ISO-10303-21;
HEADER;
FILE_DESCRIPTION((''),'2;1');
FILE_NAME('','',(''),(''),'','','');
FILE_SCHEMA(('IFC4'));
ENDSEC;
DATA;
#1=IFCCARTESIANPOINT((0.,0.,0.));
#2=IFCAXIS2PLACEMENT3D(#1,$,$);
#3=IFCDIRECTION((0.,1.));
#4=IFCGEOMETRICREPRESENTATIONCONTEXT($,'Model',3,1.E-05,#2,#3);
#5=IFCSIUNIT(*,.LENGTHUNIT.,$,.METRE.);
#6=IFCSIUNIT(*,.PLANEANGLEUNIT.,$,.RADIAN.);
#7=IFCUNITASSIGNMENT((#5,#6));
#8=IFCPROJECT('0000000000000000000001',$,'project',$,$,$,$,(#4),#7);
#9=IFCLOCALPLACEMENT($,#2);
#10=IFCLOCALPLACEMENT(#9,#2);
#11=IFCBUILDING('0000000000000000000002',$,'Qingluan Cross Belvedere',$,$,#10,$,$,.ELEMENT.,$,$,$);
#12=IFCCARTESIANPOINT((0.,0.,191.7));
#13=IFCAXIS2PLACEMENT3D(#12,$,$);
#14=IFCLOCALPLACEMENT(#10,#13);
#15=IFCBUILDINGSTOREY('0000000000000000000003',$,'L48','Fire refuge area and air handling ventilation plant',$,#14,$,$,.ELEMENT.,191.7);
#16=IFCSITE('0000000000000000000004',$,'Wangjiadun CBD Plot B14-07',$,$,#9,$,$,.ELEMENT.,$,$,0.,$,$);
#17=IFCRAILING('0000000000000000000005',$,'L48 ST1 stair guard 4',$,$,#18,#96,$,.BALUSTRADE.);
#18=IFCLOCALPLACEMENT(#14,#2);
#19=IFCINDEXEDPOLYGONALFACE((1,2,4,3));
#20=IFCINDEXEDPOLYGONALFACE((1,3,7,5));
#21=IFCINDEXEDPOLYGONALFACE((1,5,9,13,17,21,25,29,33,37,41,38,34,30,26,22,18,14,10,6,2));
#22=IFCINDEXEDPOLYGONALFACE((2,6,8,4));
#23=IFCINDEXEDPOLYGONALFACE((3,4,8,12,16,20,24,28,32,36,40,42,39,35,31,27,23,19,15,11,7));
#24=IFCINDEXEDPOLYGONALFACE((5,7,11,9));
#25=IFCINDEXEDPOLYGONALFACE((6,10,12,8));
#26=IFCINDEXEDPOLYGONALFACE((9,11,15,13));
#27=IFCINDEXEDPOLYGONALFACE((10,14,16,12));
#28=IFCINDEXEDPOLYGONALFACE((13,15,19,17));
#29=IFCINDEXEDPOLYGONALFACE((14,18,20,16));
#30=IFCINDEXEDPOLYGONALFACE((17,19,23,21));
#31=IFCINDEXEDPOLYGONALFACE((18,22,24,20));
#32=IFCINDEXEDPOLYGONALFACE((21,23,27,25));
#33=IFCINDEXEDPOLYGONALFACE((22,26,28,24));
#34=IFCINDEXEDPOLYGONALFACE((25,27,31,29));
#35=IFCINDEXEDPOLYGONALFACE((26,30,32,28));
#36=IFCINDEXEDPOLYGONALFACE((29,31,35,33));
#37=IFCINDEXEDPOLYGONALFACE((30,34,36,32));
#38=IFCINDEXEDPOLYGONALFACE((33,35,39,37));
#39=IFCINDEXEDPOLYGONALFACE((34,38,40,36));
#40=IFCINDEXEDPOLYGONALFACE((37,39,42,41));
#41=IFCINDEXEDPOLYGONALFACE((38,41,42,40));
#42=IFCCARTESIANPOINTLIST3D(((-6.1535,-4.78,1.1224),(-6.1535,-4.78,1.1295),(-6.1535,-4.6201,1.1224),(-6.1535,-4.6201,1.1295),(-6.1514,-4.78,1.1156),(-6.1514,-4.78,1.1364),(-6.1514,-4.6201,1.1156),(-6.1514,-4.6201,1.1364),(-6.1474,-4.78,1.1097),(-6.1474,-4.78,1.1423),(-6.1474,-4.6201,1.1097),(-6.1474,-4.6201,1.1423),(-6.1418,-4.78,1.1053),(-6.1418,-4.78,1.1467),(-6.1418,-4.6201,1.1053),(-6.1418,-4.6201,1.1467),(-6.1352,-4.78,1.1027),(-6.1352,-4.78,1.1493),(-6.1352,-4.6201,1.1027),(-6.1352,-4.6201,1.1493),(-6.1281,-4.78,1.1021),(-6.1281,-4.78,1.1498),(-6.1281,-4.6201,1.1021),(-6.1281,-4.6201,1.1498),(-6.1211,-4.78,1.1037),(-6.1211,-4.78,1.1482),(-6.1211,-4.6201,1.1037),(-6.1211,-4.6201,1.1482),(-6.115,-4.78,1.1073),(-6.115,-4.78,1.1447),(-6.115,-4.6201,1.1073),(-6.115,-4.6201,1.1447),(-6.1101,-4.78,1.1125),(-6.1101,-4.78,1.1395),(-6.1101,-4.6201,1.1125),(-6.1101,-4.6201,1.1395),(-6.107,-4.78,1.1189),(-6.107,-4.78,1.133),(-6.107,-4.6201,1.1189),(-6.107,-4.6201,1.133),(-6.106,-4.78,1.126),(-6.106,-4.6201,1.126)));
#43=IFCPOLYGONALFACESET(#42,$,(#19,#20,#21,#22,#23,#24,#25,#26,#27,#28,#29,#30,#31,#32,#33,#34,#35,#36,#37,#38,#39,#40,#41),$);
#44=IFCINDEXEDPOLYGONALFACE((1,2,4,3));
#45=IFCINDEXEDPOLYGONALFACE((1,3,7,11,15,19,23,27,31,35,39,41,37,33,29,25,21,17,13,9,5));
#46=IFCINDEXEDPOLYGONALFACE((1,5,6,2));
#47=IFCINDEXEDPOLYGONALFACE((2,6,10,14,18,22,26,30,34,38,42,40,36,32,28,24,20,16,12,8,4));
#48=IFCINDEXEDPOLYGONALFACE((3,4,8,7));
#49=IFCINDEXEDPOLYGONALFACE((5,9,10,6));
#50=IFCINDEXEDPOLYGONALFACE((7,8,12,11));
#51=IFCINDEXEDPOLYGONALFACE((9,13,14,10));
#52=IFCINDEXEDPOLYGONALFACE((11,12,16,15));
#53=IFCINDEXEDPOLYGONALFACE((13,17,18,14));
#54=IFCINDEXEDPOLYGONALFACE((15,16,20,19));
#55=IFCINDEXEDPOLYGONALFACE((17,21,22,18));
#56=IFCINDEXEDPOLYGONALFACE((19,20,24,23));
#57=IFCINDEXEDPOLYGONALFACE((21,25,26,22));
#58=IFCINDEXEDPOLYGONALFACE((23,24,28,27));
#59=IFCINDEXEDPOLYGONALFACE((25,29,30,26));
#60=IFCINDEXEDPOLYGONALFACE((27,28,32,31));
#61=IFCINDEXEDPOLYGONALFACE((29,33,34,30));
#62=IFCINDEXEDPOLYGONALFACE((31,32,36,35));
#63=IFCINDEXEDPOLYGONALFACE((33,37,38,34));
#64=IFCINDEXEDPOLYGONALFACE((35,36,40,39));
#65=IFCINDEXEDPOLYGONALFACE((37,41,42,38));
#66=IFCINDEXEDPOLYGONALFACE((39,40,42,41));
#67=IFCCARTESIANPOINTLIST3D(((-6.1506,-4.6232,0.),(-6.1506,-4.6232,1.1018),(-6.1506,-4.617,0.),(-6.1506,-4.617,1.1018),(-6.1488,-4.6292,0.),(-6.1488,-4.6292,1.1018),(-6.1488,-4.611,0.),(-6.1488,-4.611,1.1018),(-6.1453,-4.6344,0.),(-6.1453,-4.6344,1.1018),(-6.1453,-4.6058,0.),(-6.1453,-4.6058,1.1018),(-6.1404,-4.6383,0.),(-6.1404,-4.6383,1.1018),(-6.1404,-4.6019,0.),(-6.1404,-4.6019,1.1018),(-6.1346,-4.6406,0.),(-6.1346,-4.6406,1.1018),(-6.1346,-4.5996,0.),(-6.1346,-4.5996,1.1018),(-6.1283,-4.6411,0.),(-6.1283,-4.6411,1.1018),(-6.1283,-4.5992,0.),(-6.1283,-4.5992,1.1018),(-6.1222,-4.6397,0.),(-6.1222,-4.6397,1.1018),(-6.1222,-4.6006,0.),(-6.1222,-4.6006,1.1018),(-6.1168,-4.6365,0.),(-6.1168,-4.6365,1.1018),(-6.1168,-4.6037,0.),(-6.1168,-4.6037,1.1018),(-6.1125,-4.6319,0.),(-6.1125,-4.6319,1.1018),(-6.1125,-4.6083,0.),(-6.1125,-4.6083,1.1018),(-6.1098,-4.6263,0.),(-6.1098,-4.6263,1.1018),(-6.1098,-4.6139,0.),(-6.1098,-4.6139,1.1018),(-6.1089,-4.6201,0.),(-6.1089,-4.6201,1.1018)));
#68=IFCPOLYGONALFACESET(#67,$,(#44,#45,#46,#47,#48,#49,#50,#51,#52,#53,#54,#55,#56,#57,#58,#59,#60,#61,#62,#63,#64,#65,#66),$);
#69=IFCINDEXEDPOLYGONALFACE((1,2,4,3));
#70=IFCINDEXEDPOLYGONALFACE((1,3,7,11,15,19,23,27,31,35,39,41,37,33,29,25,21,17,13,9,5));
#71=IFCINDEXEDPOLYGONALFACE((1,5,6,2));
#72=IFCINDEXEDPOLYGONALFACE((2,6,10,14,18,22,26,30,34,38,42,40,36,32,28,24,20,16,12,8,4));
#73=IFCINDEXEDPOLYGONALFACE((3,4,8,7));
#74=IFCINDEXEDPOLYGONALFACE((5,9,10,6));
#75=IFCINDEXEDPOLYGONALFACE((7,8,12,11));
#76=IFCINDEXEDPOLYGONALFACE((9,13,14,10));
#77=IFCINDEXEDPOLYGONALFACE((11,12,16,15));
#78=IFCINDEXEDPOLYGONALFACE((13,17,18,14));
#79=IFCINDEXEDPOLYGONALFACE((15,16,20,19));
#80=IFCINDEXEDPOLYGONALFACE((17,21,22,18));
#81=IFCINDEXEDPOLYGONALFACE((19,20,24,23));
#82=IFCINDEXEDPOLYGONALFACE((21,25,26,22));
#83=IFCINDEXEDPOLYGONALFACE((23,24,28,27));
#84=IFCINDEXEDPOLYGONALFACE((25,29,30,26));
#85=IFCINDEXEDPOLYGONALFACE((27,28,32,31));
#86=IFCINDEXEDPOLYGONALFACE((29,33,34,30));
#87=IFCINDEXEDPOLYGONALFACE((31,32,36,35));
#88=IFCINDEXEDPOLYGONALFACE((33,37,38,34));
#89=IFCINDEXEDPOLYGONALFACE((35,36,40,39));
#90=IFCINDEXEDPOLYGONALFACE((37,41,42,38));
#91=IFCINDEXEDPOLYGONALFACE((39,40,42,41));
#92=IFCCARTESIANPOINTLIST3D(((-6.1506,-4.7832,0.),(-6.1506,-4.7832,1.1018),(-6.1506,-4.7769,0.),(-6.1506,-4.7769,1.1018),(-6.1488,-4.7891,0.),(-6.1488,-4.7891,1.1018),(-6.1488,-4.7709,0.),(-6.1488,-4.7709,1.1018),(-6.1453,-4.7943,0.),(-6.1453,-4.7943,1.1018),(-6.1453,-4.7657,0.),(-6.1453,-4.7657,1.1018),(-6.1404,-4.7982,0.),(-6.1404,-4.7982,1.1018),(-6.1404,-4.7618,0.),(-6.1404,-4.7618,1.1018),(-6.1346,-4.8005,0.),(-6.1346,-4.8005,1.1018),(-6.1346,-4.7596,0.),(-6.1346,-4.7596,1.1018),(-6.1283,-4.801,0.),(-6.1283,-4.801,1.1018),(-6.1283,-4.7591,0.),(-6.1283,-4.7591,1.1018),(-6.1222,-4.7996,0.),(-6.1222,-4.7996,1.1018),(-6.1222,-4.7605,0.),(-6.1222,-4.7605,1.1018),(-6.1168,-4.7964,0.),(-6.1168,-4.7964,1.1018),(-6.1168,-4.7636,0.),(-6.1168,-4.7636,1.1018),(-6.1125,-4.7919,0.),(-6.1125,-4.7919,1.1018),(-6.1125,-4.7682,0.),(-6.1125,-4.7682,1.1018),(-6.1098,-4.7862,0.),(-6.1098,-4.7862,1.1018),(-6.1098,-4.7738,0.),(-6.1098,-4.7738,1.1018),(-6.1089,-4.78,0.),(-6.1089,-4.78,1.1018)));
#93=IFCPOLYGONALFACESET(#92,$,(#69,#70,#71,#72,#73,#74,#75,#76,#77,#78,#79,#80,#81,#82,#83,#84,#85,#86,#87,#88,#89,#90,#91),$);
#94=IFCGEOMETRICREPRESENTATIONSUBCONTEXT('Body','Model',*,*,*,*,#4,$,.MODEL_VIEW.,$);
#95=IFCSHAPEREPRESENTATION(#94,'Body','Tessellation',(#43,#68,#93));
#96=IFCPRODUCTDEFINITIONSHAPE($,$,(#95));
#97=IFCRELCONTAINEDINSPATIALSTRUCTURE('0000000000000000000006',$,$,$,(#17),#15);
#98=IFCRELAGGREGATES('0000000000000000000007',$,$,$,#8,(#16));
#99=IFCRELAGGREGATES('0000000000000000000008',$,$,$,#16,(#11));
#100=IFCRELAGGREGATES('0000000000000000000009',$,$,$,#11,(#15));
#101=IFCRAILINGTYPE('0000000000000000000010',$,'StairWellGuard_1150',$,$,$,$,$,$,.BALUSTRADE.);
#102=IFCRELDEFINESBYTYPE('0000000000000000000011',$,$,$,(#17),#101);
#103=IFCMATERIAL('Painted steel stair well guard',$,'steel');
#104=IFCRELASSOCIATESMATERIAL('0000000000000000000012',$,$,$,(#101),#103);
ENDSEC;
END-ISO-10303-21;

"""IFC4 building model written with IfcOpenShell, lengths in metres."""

from ifc_helpers import new_model, si_unit, direction, frame, origin, origin_2d, place, context, subcontext, project, spatial, circle, extrude, material, type_object, element, save


model = new_model("IFC4")

# Units and contexts
model_context = context("Model", 3, precision=1e-05, world=origin(), true_north=direction((0.0, 1.0)))
body_context = subcontext(model_context, "Body", "Model", "MODEL_VIEW")
ifc_project = project(units=[si_unit("LENGTHUNIT", "METRE"), si_unit("PLANEANGLEUNIT", "RADIAN")], contexts=[model_context])

# Site, building, storey
site_placement = place(None, origin())
site = spatial("IfcSite", under=ifc_project, at=site_placement, Name="Wangjiadun CBD Plot B14-07", CompositionType="ELEMENT", RefElevation=0.0)
building_placement = place(site_placement, origin())
building = spatial("IfcBuilding", under=site, at=building_placement, Name="Qingluan Cross Belvedere", CompositionType="ELEMENT")
storey_placement = place(building_placement, frame((0.0, 0.0, 191.7)))
storey = spatial("IfcBuildingStorey", under=building, at=storey_placement, Name="L48", Description="Fire refuge area and air handling ventilation plant", CompositionType="ELEMENT", Elevation=191.7)

# Railing
ifc_material_1 = material(Name="Painted steel stair well guard", Category="steel")
railing_type_1 = type_object("IfcRailingType", Name="StairWellGuard_1150", PredefinedType="BALUSTRADE", material=ifc_material_1)
railing_1_placement = place(storey_placement, frame((-6.1299, -4.6201, 0.0)))
element("IfcRailing", 1, at=railing_1_placement, inside=storey, type_object=railing_type_1, Name="L48 ST1 stair guard 4", PredefinedType="BALUSTRADE", context=body_context, shape_type="SweptSolid", body=[
    extrude(circle(Radius=0.0239, at=origin_2d()), frame((0.0, 0.0, 1.126), z_axis=(0.0, -1.0, 0.0), x_axis=(1.0, 0.0, 0.0)), (0.0, 0.0, 1.0), 0.1599),
    extrude(circle(Radius=0.021, at=origin_2d()), origin(), (0.0, 0.0, 1.0), 1.1018),
    extrude(circle(Radius=0.021, at=origin_2d()), frame((0.0, -0.1599, 0.0)), (0.0, 0.0, 1.0), 1.1018),
])

save(model, "model.ifc")
